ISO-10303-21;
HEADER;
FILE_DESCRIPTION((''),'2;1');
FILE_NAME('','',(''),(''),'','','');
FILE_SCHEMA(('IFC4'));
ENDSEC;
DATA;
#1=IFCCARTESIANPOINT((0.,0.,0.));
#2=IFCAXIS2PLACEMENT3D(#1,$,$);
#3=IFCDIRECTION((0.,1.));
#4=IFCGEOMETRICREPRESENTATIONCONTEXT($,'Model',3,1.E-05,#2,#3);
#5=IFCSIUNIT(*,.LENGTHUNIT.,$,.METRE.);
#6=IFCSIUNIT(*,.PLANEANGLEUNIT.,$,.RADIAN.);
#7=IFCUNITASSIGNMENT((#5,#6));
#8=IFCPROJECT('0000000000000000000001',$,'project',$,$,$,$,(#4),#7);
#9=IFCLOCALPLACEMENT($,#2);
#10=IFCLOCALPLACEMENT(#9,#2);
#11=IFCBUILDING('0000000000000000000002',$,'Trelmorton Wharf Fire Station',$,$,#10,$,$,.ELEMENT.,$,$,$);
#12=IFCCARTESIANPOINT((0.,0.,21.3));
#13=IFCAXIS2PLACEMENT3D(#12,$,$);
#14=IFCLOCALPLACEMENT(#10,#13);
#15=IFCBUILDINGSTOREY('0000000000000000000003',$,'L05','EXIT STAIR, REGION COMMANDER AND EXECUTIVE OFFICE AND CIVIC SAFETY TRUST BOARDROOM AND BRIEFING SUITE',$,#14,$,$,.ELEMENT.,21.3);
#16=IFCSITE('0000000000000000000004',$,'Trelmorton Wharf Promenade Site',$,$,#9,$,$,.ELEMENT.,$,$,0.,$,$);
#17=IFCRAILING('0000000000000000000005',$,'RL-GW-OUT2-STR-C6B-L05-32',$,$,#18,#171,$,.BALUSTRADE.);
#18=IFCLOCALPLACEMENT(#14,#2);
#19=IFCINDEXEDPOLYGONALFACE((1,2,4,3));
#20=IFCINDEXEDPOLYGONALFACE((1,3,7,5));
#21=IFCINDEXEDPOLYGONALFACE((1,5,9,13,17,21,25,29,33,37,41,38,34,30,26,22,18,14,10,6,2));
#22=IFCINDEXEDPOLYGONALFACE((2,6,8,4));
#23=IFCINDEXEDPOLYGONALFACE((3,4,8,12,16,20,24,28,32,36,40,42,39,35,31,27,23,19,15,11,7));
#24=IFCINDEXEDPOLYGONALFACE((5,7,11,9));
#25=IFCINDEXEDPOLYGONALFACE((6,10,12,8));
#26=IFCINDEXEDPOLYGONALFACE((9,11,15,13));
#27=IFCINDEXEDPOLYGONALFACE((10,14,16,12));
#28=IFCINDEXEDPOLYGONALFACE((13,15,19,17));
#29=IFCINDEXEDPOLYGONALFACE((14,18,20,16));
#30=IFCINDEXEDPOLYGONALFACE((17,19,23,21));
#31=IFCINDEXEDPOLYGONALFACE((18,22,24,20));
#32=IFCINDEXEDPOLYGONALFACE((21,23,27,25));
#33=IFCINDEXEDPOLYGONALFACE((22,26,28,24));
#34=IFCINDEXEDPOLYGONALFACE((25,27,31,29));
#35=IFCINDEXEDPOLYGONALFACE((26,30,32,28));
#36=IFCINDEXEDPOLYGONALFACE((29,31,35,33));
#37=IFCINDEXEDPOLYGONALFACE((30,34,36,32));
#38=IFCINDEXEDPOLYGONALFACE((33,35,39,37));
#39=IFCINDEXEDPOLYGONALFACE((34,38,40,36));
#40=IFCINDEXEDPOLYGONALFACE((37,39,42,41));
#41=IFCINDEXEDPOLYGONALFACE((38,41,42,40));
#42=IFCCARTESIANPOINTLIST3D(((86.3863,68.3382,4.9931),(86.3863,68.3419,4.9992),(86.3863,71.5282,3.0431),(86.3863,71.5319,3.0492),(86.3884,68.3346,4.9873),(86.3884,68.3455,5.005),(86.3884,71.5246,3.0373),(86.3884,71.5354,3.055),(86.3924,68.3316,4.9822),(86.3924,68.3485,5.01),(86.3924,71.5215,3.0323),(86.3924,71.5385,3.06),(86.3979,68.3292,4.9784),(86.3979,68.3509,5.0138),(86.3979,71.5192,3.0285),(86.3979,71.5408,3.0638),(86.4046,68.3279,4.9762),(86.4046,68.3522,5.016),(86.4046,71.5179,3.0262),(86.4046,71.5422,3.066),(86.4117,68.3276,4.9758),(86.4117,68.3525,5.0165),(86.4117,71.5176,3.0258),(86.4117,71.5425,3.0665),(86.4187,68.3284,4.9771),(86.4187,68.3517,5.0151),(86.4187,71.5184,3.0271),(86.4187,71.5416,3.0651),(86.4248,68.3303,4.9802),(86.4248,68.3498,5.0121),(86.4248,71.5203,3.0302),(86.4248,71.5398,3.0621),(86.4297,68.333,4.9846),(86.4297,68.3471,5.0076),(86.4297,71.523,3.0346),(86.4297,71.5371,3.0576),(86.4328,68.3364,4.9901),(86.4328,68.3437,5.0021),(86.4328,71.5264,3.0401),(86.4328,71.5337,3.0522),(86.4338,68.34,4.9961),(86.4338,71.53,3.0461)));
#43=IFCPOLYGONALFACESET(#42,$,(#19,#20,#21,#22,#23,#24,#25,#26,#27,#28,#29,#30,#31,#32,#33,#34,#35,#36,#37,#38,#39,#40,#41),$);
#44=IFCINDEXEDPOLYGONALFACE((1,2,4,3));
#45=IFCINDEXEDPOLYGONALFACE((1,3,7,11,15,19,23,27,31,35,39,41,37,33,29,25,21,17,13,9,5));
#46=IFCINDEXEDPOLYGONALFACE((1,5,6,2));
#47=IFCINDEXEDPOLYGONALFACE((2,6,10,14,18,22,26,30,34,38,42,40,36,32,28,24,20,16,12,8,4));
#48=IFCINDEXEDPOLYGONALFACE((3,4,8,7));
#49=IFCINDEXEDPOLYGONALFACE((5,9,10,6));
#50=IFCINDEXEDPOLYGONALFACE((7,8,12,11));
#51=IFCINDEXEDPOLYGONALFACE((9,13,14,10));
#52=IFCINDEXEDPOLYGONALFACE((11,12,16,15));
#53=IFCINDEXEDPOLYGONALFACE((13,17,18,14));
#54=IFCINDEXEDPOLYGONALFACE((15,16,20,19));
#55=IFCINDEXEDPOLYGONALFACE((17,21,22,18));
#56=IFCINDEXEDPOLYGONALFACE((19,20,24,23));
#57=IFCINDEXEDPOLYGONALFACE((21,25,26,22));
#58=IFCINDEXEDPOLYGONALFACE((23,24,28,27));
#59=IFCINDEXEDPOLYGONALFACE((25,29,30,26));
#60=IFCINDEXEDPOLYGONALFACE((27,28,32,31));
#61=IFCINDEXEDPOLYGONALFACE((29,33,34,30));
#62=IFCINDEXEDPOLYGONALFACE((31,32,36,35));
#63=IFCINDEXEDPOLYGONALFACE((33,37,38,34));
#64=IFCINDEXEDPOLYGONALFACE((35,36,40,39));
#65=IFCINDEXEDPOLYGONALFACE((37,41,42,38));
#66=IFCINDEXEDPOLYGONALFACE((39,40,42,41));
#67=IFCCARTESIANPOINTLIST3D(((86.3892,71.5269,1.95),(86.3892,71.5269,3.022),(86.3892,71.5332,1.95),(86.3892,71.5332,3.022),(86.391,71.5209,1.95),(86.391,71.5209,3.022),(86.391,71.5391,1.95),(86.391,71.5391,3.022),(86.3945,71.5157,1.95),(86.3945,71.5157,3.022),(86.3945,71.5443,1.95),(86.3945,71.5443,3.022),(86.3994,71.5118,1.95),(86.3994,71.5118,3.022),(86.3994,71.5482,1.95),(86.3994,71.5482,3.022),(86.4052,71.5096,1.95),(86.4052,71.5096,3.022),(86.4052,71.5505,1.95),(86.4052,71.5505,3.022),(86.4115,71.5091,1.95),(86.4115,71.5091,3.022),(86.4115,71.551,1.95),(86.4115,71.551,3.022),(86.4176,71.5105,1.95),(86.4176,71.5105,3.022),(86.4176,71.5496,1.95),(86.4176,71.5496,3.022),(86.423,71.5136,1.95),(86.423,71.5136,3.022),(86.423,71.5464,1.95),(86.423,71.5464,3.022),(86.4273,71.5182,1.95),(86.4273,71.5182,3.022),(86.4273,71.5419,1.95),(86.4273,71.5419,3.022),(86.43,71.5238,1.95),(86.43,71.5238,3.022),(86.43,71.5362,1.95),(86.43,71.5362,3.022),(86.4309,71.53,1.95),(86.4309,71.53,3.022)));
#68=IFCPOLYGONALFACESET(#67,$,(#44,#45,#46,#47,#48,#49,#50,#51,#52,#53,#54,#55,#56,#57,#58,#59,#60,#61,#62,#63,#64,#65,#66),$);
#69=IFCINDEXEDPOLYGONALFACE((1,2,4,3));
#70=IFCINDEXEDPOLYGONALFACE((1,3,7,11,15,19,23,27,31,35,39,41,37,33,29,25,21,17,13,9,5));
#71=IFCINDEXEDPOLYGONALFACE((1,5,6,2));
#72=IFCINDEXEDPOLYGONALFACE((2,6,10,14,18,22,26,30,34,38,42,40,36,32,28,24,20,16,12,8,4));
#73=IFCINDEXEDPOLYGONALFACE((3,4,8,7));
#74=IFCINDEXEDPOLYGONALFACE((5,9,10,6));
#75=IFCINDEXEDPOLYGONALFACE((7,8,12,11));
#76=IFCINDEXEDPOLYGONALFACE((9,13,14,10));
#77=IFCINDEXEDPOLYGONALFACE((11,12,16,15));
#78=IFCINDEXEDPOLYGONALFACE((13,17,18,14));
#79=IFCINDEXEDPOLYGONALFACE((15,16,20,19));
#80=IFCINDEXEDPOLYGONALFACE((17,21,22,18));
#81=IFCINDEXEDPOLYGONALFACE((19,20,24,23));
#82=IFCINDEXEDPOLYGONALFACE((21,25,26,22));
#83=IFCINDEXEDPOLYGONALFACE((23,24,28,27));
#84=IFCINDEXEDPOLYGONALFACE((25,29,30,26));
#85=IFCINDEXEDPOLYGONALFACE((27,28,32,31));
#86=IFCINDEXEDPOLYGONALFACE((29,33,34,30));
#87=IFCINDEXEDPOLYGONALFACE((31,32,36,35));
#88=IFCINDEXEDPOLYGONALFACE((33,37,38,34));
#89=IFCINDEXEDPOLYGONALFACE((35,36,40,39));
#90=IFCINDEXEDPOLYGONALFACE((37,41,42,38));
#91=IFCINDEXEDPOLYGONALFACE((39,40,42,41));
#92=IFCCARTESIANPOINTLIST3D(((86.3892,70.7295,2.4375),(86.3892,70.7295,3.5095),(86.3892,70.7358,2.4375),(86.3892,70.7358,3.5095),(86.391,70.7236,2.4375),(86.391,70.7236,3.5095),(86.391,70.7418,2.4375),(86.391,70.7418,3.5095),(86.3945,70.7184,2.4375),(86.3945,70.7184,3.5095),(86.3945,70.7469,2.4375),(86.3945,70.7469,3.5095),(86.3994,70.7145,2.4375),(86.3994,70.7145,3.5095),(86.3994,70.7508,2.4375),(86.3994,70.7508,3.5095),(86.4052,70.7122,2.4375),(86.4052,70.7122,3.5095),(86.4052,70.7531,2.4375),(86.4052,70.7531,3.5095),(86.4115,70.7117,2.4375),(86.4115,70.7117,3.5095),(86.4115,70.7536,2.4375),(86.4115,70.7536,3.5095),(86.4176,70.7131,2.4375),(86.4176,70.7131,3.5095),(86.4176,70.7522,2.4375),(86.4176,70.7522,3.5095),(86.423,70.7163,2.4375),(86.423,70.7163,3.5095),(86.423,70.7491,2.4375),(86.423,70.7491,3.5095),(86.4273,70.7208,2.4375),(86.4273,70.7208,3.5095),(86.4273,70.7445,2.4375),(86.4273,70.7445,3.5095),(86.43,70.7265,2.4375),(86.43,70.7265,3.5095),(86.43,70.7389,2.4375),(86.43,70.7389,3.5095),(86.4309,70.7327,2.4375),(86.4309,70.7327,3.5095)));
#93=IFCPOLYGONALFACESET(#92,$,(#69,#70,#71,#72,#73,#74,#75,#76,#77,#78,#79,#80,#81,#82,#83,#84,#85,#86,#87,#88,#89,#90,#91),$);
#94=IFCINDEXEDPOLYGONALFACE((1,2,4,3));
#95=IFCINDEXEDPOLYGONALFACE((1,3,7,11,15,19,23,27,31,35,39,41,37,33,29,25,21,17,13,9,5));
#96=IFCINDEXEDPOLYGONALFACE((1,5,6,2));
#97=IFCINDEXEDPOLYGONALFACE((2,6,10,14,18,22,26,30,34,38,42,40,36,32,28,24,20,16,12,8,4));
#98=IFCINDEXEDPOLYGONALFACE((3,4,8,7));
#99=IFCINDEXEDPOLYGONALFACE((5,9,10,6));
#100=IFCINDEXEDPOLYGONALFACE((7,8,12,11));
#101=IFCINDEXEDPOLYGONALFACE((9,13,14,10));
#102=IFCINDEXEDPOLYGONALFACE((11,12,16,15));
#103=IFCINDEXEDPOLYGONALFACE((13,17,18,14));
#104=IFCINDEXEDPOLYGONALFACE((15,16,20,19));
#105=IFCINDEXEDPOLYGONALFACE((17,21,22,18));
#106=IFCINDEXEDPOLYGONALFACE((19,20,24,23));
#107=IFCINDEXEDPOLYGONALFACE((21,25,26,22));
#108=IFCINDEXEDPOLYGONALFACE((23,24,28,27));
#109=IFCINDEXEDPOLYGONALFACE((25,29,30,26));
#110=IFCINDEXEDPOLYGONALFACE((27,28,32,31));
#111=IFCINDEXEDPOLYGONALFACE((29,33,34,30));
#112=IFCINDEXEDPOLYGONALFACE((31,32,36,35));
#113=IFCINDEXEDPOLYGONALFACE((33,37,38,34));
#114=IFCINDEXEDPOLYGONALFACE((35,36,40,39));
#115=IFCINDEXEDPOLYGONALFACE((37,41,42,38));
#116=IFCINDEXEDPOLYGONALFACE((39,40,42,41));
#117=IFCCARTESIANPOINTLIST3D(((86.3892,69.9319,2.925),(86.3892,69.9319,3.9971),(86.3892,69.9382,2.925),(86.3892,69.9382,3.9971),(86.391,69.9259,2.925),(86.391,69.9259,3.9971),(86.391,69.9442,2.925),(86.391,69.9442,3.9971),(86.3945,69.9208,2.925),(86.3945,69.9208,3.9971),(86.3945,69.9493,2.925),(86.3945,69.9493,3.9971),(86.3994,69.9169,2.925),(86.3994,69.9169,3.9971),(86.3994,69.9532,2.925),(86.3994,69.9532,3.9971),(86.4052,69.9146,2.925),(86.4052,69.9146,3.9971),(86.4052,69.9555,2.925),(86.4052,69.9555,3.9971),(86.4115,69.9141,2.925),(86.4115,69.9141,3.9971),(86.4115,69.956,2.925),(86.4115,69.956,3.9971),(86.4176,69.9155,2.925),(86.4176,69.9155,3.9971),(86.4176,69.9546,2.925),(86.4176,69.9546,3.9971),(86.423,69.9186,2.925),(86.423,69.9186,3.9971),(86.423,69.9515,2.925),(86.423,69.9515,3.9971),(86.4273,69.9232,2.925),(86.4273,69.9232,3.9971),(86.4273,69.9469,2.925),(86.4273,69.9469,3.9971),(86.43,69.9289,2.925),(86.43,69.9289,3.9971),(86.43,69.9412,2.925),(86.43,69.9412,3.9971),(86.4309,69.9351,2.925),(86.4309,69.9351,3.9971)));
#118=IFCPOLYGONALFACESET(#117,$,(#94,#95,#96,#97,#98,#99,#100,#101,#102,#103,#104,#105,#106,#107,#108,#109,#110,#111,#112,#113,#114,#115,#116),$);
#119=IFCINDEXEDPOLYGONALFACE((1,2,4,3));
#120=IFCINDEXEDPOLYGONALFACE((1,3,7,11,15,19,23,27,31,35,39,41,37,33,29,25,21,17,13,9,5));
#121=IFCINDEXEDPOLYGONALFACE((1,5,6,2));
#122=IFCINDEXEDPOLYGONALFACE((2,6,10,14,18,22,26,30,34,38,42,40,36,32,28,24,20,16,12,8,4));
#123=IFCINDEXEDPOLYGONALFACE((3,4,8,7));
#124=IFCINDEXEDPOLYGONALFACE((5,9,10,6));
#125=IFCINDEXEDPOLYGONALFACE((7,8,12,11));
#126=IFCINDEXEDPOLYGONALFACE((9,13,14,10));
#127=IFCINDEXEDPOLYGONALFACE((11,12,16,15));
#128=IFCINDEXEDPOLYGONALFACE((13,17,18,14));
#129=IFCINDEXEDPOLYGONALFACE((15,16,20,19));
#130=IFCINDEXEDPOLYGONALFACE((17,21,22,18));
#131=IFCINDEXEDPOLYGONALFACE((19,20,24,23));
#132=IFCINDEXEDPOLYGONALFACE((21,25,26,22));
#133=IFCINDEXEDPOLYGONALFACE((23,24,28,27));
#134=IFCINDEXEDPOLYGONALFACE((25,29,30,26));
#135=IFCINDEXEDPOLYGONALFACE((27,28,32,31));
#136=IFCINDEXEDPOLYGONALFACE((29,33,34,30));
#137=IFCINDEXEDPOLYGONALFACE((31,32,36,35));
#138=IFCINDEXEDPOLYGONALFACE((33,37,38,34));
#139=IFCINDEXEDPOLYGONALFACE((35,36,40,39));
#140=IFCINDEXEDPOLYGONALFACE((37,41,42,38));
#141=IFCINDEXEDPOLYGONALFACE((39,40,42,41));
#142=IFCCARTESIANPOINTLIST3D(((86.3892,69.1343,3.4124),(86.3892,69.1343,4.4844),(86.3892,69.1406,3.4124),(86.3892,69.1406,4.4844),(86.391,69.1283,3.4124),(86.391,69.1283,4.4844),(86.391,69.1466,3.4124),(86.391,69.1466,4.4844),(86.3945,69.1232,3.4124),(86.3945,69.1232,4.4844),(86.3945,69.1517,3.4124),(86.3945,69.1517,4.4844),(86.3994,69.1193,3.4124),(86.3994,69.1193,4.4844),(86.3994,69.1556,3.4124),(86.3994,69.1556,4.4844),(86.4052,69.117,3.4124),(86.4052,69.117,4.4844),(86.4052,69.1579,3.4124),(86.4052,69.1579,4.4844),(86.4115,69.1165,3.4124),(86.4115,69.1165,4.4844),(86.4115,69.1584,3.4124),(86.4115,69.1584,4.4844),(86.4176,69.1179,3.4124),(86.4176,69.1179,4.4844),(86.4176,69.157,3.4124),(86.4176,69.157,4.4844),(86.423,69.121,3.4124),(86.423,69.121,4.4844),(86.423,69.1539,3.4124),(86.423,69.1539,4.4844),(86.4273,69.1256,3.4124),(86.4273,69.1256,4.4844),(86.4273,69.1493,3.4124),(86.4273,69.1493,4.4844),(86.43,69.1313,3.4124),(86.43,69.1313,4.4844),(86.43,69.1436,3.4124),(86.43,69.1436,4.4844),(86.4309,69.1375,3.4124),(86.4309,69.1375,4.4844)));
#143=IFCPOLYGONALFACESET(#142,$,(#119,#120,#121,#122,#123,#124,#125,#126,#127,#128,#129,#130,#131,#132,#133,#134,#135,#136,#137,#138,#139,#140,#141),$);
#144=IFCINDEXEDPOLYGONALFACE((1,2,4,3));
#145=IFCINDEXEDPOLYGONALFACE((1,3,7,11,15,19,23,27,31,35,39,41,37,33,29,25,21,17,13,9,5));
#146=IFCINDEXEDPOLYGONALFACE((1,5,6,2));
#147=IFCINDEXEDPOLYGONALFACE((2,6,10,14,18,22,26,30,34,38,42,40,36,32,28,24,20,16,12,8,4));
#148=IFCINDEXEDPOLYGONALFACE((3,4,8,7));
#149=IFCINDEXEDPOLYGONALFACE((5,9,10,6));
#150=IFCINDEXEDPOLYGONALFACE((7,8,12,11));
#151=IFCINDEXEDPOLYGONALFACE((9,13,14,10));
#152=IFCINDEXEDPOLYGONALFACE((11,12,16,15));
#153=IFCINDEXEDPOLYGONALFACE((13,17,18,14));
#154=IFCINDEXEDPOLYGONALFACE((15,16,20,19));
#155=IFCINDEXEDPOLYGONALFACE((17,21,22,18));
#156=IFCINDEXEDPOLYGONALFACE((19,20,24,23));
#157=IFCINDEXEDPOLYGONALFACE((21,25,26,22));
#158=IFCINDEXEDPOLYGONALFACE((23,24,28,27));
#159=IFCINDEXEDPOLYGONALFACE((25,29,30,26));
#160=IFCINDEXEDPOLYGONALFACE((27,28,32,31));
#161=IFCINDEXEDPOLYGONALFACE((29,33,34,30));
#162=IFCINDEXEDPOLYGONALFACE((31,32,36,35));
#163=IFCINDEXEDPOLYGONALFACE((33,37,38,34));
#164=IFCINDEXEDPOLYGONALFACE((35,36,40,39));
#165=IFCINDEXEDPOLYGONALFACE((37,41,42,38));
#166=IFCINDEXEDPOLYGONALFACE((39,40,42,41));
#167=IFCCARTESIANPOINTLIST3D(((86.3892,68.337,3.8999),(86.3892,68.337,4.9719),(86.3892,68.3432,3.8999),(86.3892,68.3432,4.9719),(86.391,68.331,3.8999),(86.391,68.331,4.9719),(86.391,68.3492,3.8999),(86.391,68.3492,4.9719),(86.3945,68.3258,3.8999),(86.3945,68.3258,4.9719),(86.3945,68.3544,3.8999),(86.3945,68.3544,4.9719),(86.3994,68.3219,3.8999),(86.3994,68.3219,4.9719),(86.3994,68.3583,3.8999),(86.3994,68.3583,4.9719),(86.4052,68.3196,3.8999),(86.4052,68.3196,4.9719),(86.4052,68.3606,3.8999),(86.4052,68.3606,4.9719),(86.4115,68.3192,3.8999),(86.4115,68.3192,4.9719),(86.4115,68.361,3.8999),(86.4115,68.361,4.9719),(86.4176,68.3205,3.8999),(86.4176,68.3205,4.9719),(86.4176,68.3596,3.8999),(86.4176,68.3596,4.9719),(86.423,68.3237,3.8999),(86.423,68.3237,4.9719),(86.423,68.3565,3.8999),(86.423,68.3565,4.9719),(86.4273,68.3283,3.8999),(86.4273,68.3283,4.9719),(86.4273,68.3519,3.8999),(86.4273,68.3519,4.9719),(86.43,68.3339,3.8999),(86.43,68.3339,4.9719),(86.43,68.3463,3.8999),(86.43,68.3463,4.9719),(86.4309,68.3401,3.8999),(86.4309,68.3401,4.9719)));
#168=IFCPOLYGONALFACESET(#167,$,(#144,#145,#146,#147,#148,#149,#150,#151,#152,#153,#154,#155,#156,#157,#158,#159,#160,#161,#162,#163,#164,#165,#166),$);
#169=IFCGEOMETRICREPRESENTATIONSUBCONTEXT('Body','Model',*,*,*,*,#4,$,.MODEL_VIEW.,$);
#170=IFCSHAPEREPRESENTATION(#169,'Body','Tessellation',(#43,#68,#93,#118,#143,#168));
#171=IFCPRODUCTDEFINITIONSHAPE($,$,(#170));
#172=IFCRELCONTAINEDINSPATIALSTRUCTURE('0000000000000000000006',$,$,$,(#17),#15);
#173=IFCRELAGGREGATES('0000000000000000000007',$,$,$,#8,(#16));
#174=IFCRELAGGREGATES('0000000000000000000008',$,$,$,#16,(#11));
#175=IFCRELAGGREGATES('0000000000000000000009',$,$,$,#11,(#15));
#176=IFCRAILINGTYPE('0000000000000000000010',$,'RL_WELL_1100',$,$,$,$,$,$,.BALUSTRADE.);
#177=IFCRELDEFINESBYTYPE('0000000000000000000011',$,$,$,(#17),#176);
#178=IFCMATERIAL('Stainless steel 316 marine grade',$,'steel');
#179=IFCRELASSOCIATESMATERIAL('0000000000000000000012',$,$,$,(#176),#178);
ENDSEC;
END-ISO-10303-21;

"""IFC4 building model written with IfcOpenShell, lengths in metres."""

from ifc_helpers import new_model, si_unit, direction, frame, origin, origin_2d, place, context, subcontext, project, spatial, circle, extrude, material, type_object, element, save


model = new_model("IFC4")

# Units and contexts
model_context = context("Model", 3, precision=1e-05, world=origin(), true_north=direction((0.0, 1.0)))
body_context = subcontext(model_context, "Body", "Model", "MODEL_VIEW")
ifc_project = project(units=[si_unit("LENGTHUNIT", "METRE"), si_unit("PLANEANGLEUNIT", "RADIAN")], contexts=[model_context])

# Site, building, storey
site_placement = place(None, origin())
site = spatial("IfcSite", under=ifc_project, at=site_placement, Name="Trelmorton Wharf Promenade Site", CompositionType="ELEMENT", RefElevation=0.0)
building_placement = place(site_placement, origin())
building = spatial("IfcBuilding", under=site, at=building_placement, Name="Trelmorton Wharf Fire Station", CompositionType="ELEMENT")
storey_placement = place(building_placement, frame((0.0, 0.0, 21.3)))
storey = spatial("IfcBuildingStorey", under=building, at=storey_placement, Name="L05", Description="EXIT STAIR, REGION COMMANDER AND EXECUTIVE OFFICE AND CIVIC SAFETY TRUST BOARDROOM AND BRIEFING SUITE", CompositionType="ELEMENT", Elevation=21.3)

# Shared definitions
ifc_material_1 = material(Name="Stainless steel 316 marine grade", Category="steel")

# Railing
railing_type_1 = type_object("IfcRailingType", Name="RL_WELL_1100", PredefinedType="BALUSTRADE", material=ifc_material_1)
railing_1_placement = place(storey_placement, frame((86.4099, 71.53, 1.95)))
element("IfcRailing", 1, at=railing_1_placement, inside=storey, type_object=railing_type_1, Name="RL-GW-OUT2-STR-C6B-L05-32", PredefinedType="BALUSTRADE", context=body_context, shape_type="SweptSolid", body=[
    extrude(circle(Radius=0.0239, at=origin_2d()), frame((0.0, 0.0, 1.0962), z_axis=(0.0, -0.853217, 0.521556), x_axis=(1.0, 0.0, 0.0)), (0.0, 0.0, 1.0), 3.7388),
    extrude(circle(Radius=0.021, at=origin_2d()), origin(), (0.0, 0.0, 1.0), 1.072),
    extrude(circle(Radius=0.021, at=origin_2d()), frame((0.0, -0.7974, 0.4875)), (0.0, 0.0, 1.0), 1.072),
    extrude(circle(Radius=0.021, at=origin_2d()), frame((0.0, -1.595, 0.9751)), (0.0, 0.0, 1.0), 1.072),
    extrude(circle(Radius=0.021, at=origin_2d()), frame((0.0, -2.3926, 1.4624)), (0.0, 0.0, 1.0), 1.072),
    extrude(circle(Radius=0.021, at=origin_2d()), frame((0.0, -3.1899, 1.95)), (0.0, 0.0, 1.0), 1.072),
])

save(model, "model.ifc")
